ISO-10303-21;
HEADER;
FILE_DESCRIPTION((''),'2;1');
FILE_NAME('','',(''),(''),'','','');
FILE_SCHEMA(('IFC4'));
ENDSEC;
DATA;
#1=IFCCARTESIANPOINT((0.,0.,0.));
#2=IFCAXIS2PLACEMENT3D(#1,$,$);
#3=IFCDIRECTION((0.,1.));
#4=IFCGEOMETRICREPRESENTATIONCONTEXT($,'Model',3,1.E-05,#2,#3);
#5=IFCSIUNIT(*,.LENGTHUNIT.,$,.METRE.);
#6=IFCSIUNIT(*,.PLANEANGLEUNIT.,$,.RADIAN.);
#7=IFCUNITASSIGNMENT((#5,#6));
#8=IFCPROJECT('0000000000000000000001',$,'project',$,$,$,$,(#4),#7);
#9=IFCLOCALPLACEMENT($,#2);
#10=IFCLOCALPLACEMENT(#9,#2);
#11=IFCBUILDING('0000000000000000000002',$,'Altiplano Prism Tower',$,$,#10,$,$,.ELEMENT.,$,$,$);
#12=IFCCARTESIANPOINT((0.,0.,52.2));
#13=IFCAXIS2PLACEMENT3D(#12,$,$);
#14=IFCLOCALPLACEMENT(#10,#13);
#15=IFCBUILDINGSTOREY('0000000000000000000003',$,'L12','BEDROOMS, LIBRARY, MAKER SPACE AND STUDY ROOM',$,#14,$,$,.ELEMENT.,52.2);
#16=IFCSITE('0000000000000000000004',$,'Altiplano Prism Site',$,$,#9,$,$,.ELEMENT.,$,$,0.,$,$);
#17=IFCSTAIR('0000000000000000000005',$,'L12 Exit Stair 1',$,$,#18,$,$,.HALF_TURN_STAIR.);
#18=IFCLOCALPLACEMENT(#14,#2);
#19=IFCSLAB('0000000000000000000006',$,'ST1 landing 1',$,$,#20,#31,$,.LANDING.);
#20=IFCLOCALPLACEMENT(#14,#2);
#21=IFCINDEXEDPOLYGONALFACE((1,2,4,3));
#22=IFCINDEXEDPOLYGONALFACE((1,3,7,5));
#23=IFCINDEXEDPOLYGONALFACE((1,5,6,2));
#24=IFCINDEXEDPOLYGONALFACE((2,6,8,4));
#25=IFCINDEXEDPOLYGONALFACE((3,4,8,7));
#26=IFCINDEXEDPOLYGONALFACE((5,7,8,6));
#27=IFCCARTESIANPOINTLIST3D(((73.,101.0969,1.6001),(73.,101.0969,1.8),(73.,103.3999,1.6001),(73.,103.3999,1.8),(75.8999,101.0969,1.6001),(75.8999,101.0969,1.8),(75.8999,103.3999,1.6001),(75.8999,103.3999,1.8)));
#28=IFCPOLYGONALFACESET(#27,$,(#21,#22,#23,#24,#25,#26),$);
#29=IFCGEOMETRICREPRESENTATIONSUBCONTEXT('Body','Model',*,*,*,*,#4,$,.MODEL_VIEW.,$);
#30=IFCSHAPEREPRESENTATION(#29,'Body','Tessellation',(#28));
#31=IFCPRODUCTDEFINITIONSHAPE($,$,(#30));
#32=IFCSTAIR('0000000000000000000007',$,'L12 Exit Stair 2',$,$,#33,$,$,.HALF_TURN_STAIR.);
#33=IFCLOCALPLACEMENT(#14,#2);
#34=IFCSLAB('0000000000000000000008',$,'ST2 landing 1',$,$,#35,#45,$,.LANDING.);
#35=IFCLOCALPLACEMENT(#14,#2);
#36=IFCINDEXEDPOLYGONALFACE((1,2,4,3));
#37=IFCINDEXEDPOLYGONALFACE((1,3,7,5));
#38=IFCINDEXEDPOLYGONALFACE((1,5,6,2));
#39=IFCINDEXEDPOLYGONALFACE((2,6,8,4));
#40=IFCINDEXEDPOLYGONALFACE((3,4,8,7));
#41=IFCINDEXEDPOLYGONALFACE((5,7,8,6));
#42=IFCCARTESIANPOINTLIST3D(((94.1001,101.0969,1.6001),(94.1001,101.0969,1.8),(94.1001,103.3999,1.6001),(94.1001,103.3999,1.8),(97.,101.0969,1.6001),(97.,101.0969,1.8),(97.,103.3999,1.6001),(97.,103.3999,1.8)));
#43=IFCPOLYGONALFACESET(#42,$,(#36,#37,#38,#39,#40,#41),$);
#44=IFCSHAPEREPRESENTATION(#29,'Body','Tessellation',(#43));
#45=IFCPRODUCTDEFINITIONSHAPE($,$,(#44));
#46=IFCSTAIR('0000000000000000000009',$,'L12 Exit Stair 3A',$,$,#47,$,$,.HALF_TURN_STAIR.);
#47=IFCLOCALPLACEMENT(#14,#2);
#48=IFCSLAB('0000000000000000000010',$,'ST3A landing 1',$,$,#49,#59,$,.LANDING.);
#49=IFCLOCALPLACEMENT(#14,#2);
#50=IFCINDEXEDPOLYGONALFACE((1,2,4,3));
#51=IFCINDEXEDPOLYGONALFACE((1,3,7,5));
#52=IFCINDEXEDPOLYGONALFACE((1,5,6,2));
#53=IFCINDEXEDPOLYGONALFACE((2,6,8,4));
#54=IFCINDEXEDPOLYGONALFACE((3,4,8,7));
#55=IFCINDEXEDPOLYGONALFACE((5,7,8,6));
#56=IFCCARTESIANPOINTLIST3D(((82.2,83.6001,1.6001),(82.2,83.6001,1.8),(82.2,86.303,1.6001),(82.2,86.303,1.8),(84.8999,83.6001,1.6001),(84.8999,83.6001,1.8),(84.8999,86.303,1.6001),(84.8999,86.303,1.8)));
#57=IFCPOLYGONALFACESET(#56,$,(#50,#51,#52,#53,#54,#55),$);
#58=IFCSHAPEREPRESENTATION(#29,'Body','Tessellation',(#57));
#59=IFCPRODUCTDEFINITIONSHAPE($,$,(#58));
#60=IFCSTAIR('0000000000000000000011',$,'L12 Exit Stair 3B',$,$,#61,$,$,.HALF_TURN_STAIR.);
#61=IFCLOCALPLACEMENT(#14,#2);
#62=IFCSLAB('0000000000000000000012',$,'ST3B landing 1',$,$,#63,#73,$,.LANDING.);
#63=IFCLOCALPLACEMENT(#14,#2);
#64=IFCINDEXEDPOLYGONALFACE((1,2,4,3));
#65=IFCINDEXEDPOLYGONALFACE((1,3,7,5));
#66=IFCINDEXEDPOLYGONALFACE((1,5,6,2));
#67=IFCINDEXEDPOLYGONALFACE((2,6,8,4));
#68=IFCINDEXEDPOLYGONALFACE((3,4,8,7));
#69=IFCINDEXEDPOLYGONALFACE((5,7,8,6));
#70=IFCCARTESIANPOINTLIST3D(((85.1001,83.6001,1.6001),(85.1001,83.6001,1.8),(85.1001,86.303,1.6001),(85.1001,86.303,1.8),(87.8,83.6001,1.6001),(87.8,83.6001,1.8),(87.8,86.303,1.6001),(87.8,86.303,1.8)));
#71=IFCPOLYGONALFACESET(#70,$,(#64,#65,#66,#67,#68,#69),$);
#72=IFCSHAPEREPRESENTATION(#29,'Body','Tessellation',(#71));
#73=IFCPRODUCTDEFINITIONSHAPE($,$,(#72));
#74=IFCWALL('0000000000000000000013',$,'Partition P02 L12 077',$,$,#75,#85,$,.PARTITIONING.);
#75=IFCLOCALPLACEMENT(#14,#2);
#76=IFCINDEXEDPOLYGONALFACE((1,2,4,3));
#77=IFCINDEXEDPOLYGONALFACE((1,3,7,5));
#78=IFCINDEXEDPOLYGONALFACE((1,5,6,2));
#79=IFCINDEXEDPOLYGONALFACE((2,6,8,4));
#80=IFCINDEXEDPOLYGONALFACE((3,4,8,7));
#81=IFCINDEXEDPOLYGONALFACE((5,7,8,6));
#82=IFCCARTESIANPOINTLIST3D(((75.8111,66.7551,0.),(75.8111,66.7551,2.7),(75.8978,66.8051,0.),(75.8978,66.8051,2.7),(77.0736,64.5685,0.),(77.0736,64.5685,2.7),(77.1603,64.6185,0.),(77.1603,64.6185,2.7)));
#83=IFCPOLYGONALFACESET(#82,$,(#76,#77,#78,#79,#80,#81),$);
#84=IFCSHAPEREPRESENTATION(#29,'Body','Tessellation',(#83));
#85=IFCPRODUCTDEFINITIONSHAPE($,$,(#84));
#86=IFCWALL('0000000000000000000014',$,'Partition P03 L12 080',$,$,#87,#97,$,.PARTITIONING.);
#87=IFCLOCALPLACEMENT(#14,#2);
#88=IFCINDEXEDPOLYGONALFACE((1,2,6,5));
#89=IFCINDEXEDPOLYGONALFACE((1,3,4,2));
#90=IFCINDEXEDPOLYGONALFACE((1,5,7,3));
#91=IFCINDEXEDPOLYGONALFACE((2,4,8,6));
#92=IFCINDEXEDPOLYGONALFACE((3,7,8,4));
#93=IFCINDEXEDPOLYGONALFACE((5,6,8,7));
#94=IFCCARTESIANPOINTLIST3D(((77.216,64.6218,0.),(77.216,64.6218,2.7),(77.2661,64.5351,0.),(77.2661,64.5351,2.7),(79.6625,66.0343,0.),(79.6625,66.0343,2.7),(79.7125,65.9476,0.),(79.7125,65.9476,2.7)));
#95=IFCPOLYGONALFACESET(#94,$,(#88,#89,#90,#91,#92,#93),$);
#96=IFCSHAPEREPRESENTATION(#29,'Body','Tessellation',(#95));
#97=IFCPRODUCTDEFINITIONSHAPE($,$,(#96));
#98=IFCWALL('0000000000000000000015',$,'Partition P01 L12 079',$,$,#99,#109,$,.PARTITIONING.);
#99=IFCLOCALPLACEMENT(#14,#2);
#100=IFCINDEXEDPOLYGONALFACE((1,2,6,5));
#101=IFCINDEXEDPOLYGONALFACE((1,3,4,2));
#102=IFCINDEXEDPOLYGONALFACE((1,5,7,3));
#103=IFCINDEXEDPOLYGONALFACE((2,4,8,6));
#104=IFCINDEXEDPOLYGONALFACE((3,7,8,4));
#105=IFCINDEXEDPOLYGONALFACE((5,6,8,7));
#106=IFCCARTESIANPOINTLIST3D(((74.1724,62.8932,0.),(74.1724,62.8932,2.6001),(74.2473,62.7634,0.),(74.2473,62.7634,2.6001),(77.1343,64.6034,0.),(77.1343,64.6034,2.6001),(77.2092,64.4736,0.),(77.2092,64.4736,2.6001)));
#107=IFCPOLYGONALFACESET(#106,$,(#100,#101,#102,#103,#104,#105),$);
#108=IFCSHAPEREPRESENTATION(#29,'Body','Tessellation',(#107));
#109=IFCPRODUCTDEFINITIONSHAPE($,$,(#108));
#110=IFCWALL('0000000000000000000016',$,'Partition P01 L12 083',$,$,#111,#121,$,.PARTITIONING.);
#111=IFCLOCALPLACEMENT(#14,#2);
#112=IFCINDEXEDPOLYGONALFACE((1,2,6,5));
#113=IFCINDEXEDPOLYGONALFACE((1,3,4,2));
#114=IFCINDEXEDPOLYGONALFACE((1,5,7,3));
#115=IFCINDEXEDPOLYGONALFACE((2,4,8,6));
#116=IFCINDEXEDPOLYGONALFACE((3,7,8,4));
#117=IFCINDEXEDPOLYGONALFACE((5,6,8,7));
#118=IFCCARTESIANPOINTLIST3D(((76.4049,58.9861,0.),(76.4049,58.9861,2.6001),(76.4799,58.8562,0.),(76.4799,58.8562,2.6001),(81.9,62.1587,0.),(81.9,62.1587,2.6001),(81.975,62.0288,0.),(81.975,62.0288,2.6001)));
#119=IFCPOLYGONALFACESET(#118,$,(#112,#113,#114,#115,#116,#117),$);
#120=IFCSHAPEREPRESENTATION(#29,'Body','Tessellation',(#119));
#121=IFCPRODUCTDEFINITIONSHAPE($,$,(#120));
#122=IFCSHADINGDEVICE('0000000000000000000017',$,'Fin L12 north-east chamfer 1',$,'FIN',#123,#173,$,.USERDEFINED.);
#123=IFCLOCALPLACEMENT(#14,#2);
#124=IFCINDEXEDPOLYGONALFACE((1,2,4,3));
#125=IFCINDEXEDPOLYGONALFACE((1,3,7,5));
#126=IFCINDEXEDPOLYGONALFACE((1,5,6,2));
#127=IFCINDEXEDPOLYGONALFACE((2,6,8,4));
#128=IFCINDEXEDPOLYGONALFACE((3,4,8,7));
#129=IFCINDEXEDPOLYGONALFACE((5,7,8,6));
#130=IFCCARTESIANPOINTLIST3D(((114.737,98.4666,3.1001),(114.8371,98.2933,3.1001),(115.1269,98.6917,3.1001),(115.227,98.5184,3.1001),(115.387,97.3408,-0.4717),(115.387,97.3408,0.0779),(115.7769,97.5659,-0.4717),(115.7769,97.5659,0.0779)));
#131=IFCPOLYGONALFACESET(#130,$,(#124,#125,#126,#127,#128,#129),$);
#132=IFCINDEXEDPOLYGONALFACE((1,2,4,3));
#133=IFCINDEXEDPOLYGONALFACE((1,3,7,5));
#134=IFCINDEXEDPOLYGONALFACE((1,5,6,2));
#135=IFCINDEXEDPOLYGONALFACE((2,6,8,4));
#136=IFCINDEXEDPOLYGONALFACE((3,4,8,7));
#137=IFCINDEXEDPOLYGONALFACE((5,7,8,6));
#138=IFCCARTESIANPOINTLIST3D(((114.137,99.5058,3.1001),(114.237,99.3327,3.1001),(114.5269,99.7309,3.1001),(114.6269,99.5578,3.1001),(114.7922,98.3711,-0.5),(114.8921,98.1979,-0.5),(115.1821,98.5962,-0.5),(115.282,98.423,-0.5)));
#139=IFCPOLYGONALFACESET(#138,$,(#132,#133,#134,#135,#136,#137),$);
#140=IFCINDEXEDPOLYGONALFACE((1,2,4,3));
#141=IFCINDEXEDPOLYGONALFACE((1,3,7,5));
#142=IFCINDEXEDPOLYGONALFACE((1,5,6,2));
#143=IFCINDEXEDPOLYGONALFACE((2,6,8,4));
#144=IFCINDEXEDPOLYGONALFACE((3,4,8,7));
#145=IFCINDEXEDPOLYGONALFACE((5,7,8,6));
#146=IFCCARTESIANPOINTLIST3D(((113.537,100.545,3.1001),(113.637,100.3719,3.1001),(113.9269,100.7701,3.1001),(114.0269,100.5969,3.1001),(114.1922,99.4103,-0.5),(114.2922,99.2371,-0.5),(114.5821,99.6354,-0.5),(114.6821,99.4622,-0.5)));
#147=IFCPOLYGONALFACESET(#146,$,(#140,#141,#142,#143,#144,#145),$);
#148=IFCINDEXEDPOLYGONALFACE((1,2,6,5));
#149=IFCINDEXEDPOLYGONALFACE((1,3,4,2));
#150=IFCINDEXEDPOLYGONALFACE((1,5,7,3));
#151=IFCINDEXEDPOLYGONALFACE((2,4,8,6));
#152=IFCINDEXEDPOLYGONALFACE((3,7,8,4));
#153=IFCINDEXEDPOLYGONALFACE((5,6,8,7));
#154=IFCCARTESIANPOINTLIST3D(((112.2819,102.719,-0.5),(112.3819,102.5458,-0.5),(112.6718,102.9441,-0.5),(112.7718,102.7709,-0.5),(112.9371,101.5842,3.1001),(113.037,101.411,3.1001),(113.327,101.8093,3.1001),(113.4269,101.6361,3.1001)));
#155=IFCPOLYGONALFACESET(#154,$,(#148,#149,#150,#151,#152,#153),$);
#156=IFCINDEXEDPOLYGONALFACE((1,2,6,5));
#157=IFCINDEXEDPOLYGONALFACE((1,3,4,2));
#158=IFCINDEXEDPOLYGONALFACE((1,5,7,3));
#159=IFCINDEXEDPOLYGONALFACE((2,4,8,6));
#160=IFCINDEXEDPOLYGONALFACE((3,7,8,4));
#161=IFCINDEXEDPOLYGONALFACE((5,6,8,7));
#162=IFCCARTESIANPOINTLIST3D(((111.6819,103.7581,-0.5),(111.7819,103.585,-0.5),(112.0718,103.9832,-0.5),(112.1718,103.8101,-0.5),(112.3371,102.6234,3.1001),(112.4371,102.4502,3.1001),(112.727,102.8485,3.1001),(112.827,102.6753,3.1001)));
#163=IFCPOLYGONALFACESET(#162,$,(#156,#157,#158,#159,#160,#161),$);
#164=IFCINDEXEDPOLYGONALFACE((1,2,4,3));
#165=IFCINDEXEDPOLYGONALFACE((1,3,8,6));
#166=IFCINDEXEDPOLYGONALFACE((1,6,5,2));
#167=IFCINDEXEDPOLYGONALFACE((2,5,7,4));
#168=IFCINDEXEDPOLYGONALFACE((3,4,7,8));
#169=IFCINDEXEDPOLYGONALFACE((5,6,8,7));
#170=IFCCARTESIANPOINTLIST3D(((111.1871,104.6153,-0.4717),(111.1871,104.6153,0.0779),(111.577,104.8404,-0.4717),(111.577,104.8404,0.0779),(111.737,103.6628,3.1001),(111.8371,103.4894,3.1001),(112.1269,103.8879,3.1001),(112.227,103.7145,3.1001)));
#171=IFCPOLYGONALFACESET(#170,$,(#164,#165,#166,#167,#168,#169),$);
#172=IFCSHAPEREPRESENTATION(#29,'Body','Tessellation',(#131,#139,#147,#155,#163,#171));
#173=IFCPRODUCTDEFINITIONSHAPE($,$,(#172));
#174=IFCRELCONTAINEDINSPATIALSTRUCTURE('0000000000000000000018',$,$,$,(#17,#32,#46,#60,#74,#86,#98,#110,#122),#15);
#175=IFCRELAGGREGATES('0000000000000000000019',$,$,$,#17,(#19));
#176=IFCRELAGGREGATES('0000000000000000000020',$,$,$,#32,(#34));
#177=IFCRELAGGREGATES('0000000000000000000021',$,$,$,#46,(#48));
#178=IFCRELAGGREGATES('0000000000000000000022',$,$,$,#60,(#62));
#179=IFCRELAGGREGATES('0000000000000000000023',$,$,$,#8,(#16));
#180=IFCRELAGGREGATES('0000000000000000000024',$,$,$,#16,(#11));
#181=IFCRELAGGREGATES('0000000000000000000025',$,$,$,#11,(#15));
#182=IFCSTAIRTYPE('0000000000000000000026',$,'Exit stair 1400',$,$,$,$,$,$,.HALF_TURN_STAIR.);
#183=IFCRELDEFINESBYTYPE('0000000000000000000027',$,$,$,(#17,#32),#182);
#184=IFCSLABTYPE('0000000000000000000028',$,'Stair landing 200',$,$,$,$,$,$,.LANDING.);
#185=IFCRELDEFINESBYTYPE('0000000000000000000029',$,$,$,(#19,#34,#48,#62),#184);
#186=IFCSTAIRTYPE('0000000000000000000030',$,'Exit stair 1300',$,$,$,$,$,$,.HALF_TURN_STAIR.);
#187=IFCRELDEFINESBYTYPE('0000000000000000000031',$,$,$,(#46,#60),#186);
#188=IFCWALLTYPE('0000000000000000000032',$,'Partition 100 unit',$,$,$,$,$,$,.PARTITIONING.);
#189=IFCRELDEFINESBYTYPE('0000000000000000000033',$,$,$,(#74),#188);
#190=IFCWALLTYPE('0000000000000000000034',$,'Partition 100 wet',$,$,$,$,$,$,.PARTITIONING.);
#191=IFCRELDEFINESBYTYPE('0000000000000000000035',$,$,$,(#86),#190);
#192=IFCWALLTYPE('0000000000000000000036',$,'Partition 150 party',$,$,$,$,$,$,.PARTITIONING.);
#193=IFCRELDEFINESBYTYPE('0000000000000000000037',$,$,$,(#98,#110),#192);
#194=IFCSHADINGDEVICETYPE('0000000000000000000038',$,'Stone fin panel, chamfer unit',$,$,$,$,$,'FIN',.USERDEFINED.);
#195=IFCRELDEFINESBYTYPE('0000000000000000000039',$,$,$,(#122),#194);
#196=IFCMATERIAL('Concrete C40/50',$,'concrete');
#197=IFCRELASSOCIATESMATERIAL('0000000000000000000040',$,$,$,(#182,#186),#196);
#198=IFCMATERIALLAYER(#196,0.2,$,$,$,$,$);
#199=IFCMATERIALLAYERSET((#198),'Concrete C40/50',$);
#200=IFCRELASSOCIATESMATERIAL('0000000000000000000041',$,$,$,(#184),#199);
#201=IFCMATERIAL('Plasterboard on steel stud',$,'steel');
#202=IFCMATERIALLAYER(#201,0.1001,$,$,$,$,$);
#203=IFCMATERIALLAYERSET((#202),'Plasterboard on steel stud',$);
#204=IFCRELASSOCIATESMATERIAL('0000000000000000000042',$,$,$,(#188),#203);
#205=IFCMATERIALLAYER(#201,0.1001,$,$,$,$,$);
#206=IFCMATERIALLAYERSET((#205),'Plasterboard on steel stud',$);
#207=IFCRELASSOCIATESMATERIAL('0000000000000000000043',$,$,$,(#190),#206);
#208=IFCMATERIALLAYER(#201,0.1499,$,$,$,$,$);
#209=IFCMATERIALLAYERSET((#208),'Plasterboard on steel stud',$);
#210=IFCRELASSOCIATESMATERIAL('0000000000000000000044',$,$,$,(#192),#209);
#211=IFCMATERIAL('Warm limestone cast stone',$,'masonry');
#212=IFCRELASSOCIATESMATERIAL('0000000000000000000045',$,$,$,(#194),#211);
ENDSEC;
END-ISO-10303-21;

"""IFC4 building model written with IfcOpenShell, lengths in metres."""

from ifc_helpers import new_model, si_unit, direction, frame, frame_2d, origin, place, context, subcontext, project, spatial, polyline, rectangle, outline, extrude, source, transform, mapped, material, layer, layer_set, type_object, element, aggregate, save


model = new_model("IFC4")

# Units and contexts
model_context = context("Model", 3, precision=1e-05, world=origin(), true_north=direction((0.0, 1.0)))
body_context = subcontext(model_context, "Body", "Model", "MODEL_VIEW")
ifc_project = project(units=[si_unit("LENGTHUNIT", "METRE"), si_unit("PLANEANGLEUNIT", "RADIAN")], contexts=[model_context])

# Site, building, storey
site_placement = place(None, origin())
site = spatial("IfcSite", under=ifc_project, at=site_placement, Name="Altiplano Prism Site", CompositionType="ELEMENT", RefElevation=0.0)
building_placement = place(site_placement, origin())
building = spatial("IfcBuilding", under=site, at=building_placement, Name="Altiplano Prism Tower", CompositionType="ELEMENT")
storey_placement = place(building_placement, frame((0.0, 0.0, 52.2)))
storey = spatial("IfcBuildingStorey", under=building, at=storey_placement, Name="L12", Description="BEDROOMS, LIBRARY, MAKER SPACE AND STUDY ROOM", CompositionType="ELEMENT", Elevation=52.2)

# Shared definitions
ifc_material_1 = material(Name="Concrete C40/50", Category="concrete")

# Stairs, slabs
stair_type_1 = type_object("IfcStairType", Name="Exit stair 1400", PredefinedType="HALF_TURN_STAIR", material=ifc_material_1)
stair_1_placement = place(storey_placement, origin())
stair_1 = element("IfcStair", 1, at=stair_1_placement, inside=storey, type_object=stair_type_1, Name="L12 Exit Stair 1", PredefinedType="HALF_TURN_STAIR")
ifc_layer_1 = layer(ifc_material_1, 0.2)
ifc_layer_set_1 = layer_set([ifc_layer_1], Name="Concrete C40/50")
slab_type_1 = type_object("IfcSlabType", Name="Stair landing 200", PredefinedType="LANDING", material=ifc_layer_set_1)
slab_1_placement = place(storey_placement, frame((0.0, 0.0, 1.6001)))
slab_1 = element("IfcSlab", 2, at=slab_1_placement, type_object=slab_type_1, Name="ST1 landing 1", PredefinedType="LANDING", context=body_context, shape_type="SweptSolid", body=[
    extrude(outline(polyline([(75.8999, 101.0969), (75.8999, 103.3999), (73.0, 103.3999), (73.0, 101.0969), (75.8999, 101.0969)])), origin(), (0.0, 0.0, 1.0), 0.2),
])
aggregate(stair_1, [slab_1])
stair_2_placement = place(storey_placement, origin())
stair_2 = element("IfcStair", 3, at=stair_2_placement, inside=storey, type_object=stair_type_1, Name="L12 Exit Stair 2", PredefinedType="HALF_TURN_STAIR")
slab_2_placement = place(storey_placement, frame((0.0, 0.0, 1.6001)))
slab_2 = element("IfcSlab", 4, at=slab_2_placement, type_object=slab_type_1, Name="ST2 landing 1", PredefinedType="LANDING", context=body_context, shape_type="SweptSolid", body=[
    extrude(outline(polyline([(97.0, 101.0969), (97.0, 103.3999), (94.1001, 103.3999), (94.1001, 101.0969), (97.0, 101.0969)])), origin(), (0.0, 0.0, 1.0), 0.2),
])
aggregate(stair_2, [slab_2])
stair_type_2 = type_object("IfcStairType", Name="Exit stair 1300", PredefinedType="HALF_TURN_STAIR", material=ifc_material_1)
stair_3_placement = place(storey_placement, origin())
stair_3 = element("IfcStair", 5, at=stair_3_placement, inside=storey, type_object=stair_type_2, Name="L12 Exit Stair 3A", PredefinedType="HALF_TURN_STAIR")
slab_3_placement = place(storey_placement, frame((0.0, 0.0, 1.6001)))
slab_3 = element("IfcSlab", 6, at=slab_3_placement, type_object=slab_type_1, Name="ST3A landing 1", PredefinedType="LANDING", context=body_context, shape_type="SweptSolid", body=[
    extrude(outline(polyline([(82.2, 86.303), (82.2, 83.6001), (84.8999, 83.6001), (84.8999, 86.303), (82.2, 86.303)])), origin(), (0.0, 0.0, 1.0), 0.2),
])
aggregate(stair_3, [slab_3])
stair_4_placement = place(storey_placement, origin())
stair_4 = element("IfcStair", 7, at=stair_4_placement, inside=storey, type_object=stair_type_2, Name="L12 Exit Stair 3B", PredefinedType="HALF_TURN_STAIR")
slab_4_placement = place(storey_placement, frame((0.0, 0.0, 1.6001)))
slab_4 = element("IfcSlab", 8, at=slab_4_placement, type_object=slab_type_1, Name="ST3B landing 1", PredefinedType="LANDING", context=body_context, shape_type="SweptSolid", body=[
    extrude(outline(polyline([(85.1001, 86.303), (85.1001, 83.6001), (87.8, 83.6001), (87.8, 86.303), (85.1001, 86.303)])), origin(), (0.0, 0.0, 1.0), 0.2),
])
aggregate(stair_4, [slab_4])

# Walls
ifc_material_2 = material(Name="Plasterboard on steel stud", Category="steel")
ifc_layer_2 = layer(ifc_material_2, 0.1001)
ifc_layer_set_2 = layer_set([ifc_layer_2], Name="Plasterboard on steel stud")
wall_type_1 = type_object("IfcWallType", Name="Partition 100 unit", PredefinedType="PARTITIONING", material=ifc_layer_set_2)
wall_1_placement = place(storey_placement, frame((77.1169, 64.5935, 0.0), z_axis=(0.0, 0.0, 1.0), x_axis=(-0.500018, 0.866015, 0.0)))
element("IfcWall", 9, at=wall_1_placement, inside=storey, type_object=wall_type_1, Name="Partition P02 L12 077", PredefinedType="PARTITIONING", context=body_context, shape_type="SweptSolid", body=[
    extrude(rectangle(XDim=2.5249, YDim=0.1001, at=frame_2d((1.2625, 0.0))), origin(), (0.0, 0.0, 1.0), 2.7),
])
ifc_layer_3 = layer(ifc_material_2, 0.1001)
ifc_layer_set_3 = layer_set([ifc_layer_3], Name="Plasterboard on steel stud")
wall_type_2 = type_object("IfcWallType", Name="Partition 100 wet", PredefinedType="PARTITIONING", material=ifc_layer_set_3)
wall_2_placement = place(storey_placement, frame((77.241, 64.5784, 0.0), z_axis=(0.0, 0.0, 1.0), x_axis=(0.866011, 0.500024, 0.0)))
element("IfcWall", 10, at=wall_2_placement, inside=storey, type_object=wall_type_2, Name="Partition P03 L12 080", PredefinedType="PARTITIONING", context=body_context, shape_type="SweptSolid", body=[
    extrude(rectangle(XDim=2.825, YDim=0.1001, at=frame_2d((1.4126, 0.0))), origin(), (0.0, 0.0, 1.0), 2.7),
])
ifc_layer_4 = layer(ifc_material_2, 0.1499)
ifc_layer_set_4 = layer_set([ifc_layer_4], Name="Plasterboard on steel stud")
wall_type_3 = type_object("IfcWallType", Name="Partition 150 party", PredefinedType="PARTITIONING", material=ifc_layer_set_4)
wall_3_placement = place(storey_placement, frame((74.21, 62.8284, 0.0), z_axis=(0.0, 0.0, 1.0), x_axis=(0.866007, 0.500031, 0.0)))
element("IfcWall", 11, at=wall_3_placement, inside=storey, type_object=wall_type_3, Name="Partition P01 L12 079", PredefinedType="PARTITIONING", context=body_context, shape_type="SweptSolid", body=[
    extrude(rectangle(XDim=3.4202, YDim=0.1499, at=frame_2d((1.71, 0.0))), origin(), (0.0, 0.0, 1.0), 2.6001),
])
wall_4_placement = place(storey_placement, frame((76.4424, 58.9211, 0.0), z_axis=(0.0, 0.0, 1.0), x_axis=(0.866025, 0.5, 0.0)))
element("IfcWall", 12, at=wall_4_placement, inside=storey, type_object=wall_type_3, Name="Partition P01 L12 083", PredefinedType="PARTITIONING", context=body_context, shape_type="SweptSolid", body=[
    extrude(rectangle(XDim=6.3452, YDim=0.1499, at=frame_2d((3.1726, 0.0))), origin(), (0.0, 0.0, 1.0), 2.6001),
])

# Shading device
ifc_material_3 = material(Name="Warm limestone cast stone", Category="masonry")
shading_device_type_1 = type_object("IfcShadingDeviceType", Name="Stone fin panel, chamfer unit", ElementType="FIN", PredefinedType="USERDEFINED", material=ifc_material_3)
shared_shape_1 = source(origin(), body_context, "Body", "SweptSolid", [
    extrude(outline(polyline([(-4.2, 0.0283), (-2.8999, 3.6001), (-3.1001, 3.6001), (-4.2, 0.5779), (-4.2, 0.0283)])), frame((0.0, -0.1499, 0.0), z_axis=(0.0, -1.0, 0.0), x_axis=(1.0, 0.0, 0.0)), (0.0, 0.0, 1.0), 0.4502),
    extrude(outline(polyline([(-3.2102, 0.0), (-3.0103, 0.0), (-1.7, 3.6001), (-1.8999, 3.6001), (-3.2102, 0.0)])), frame((0.0, -0.1499, 0.0), z_axis=(0.0, -1.0, 0.0), x_axis=(1.0, 0.0, 0.0)), (0.0, 0.0, 1.0), 0.4502),
    extrude(outline(polyline([(-2.0103, 0.0), (-1.8103, 0.0), (-0.5, 3.6001), (-0.7, 3.6001), (-2.0103, 0.0)])), frame((0.0, -0.1499, 0.0), z_axis=(0.0, -1.0, 0.0), x_axis=(1.0, 0.0, 0.0)), (0.0, 0.0, 1.0), 0.4502),
    extrude(outline(polyline([(1.8103, 0.0), (2.0103, 0.0), (0.7, 3.6001), (0.5, 3.6001), (1.8103, 0.0)])), frame((0.0, -0.1499, 0.0), z_axis=(0.0, -1.0, 0.0), x_axis=(1.0, 0.0, 0.0)), (0.0, 0.0, 1.0), 0.4502),
    extrude(outline(polyline([(3.0103, 0.0), (3.2102, 0.0), (1.8999, 3.6001), (1.7, 3.6001), (3.0103, 0.0)])), frame((0.0, -0.1499, 0.0), z_axis=(0.0, -1.0, 0.0), x_axis=(1.0, 0.0, 0.0)), (0.0, 0.0, 1.0), 0.4502),
    extrude(outline(polyline([(4.2, 0.5779), (3.1001, 3.6001), (2.8999, 3.6001), (4.2, 0.0283), (4.2, 0.5779)])), frame((0.0, -0.1499, 0.0), z_axis=(0.0, -1.0, 0.0), x_axis=(1.0, 0.0, 0.0)), (0.0, 0.0, 1.0), 0.4502),
])
shading_device_1_placement = place(storey_placement, origin())
element("IfcShadingDevice", 13, at=shading_device_1_placement, inside=storey, type_object=shading_device_type_1, Name="Fin L12 north-east chamfer 1", ObjectType="FIN", PredefinedType="USERDEFINED", context=body_context, shape_type="MappedRepresentation", body=[
    mapped(shared_shape_1, transform((113.1572, 100.9031, -0.5), x_axis=(-0.5, 0.866025, 0.0), y_axis=(-0.866025, -0.5, 0.0), z_axis=(0.0, 0.0, 1.0))),
])

save(model, "model.ifc")
